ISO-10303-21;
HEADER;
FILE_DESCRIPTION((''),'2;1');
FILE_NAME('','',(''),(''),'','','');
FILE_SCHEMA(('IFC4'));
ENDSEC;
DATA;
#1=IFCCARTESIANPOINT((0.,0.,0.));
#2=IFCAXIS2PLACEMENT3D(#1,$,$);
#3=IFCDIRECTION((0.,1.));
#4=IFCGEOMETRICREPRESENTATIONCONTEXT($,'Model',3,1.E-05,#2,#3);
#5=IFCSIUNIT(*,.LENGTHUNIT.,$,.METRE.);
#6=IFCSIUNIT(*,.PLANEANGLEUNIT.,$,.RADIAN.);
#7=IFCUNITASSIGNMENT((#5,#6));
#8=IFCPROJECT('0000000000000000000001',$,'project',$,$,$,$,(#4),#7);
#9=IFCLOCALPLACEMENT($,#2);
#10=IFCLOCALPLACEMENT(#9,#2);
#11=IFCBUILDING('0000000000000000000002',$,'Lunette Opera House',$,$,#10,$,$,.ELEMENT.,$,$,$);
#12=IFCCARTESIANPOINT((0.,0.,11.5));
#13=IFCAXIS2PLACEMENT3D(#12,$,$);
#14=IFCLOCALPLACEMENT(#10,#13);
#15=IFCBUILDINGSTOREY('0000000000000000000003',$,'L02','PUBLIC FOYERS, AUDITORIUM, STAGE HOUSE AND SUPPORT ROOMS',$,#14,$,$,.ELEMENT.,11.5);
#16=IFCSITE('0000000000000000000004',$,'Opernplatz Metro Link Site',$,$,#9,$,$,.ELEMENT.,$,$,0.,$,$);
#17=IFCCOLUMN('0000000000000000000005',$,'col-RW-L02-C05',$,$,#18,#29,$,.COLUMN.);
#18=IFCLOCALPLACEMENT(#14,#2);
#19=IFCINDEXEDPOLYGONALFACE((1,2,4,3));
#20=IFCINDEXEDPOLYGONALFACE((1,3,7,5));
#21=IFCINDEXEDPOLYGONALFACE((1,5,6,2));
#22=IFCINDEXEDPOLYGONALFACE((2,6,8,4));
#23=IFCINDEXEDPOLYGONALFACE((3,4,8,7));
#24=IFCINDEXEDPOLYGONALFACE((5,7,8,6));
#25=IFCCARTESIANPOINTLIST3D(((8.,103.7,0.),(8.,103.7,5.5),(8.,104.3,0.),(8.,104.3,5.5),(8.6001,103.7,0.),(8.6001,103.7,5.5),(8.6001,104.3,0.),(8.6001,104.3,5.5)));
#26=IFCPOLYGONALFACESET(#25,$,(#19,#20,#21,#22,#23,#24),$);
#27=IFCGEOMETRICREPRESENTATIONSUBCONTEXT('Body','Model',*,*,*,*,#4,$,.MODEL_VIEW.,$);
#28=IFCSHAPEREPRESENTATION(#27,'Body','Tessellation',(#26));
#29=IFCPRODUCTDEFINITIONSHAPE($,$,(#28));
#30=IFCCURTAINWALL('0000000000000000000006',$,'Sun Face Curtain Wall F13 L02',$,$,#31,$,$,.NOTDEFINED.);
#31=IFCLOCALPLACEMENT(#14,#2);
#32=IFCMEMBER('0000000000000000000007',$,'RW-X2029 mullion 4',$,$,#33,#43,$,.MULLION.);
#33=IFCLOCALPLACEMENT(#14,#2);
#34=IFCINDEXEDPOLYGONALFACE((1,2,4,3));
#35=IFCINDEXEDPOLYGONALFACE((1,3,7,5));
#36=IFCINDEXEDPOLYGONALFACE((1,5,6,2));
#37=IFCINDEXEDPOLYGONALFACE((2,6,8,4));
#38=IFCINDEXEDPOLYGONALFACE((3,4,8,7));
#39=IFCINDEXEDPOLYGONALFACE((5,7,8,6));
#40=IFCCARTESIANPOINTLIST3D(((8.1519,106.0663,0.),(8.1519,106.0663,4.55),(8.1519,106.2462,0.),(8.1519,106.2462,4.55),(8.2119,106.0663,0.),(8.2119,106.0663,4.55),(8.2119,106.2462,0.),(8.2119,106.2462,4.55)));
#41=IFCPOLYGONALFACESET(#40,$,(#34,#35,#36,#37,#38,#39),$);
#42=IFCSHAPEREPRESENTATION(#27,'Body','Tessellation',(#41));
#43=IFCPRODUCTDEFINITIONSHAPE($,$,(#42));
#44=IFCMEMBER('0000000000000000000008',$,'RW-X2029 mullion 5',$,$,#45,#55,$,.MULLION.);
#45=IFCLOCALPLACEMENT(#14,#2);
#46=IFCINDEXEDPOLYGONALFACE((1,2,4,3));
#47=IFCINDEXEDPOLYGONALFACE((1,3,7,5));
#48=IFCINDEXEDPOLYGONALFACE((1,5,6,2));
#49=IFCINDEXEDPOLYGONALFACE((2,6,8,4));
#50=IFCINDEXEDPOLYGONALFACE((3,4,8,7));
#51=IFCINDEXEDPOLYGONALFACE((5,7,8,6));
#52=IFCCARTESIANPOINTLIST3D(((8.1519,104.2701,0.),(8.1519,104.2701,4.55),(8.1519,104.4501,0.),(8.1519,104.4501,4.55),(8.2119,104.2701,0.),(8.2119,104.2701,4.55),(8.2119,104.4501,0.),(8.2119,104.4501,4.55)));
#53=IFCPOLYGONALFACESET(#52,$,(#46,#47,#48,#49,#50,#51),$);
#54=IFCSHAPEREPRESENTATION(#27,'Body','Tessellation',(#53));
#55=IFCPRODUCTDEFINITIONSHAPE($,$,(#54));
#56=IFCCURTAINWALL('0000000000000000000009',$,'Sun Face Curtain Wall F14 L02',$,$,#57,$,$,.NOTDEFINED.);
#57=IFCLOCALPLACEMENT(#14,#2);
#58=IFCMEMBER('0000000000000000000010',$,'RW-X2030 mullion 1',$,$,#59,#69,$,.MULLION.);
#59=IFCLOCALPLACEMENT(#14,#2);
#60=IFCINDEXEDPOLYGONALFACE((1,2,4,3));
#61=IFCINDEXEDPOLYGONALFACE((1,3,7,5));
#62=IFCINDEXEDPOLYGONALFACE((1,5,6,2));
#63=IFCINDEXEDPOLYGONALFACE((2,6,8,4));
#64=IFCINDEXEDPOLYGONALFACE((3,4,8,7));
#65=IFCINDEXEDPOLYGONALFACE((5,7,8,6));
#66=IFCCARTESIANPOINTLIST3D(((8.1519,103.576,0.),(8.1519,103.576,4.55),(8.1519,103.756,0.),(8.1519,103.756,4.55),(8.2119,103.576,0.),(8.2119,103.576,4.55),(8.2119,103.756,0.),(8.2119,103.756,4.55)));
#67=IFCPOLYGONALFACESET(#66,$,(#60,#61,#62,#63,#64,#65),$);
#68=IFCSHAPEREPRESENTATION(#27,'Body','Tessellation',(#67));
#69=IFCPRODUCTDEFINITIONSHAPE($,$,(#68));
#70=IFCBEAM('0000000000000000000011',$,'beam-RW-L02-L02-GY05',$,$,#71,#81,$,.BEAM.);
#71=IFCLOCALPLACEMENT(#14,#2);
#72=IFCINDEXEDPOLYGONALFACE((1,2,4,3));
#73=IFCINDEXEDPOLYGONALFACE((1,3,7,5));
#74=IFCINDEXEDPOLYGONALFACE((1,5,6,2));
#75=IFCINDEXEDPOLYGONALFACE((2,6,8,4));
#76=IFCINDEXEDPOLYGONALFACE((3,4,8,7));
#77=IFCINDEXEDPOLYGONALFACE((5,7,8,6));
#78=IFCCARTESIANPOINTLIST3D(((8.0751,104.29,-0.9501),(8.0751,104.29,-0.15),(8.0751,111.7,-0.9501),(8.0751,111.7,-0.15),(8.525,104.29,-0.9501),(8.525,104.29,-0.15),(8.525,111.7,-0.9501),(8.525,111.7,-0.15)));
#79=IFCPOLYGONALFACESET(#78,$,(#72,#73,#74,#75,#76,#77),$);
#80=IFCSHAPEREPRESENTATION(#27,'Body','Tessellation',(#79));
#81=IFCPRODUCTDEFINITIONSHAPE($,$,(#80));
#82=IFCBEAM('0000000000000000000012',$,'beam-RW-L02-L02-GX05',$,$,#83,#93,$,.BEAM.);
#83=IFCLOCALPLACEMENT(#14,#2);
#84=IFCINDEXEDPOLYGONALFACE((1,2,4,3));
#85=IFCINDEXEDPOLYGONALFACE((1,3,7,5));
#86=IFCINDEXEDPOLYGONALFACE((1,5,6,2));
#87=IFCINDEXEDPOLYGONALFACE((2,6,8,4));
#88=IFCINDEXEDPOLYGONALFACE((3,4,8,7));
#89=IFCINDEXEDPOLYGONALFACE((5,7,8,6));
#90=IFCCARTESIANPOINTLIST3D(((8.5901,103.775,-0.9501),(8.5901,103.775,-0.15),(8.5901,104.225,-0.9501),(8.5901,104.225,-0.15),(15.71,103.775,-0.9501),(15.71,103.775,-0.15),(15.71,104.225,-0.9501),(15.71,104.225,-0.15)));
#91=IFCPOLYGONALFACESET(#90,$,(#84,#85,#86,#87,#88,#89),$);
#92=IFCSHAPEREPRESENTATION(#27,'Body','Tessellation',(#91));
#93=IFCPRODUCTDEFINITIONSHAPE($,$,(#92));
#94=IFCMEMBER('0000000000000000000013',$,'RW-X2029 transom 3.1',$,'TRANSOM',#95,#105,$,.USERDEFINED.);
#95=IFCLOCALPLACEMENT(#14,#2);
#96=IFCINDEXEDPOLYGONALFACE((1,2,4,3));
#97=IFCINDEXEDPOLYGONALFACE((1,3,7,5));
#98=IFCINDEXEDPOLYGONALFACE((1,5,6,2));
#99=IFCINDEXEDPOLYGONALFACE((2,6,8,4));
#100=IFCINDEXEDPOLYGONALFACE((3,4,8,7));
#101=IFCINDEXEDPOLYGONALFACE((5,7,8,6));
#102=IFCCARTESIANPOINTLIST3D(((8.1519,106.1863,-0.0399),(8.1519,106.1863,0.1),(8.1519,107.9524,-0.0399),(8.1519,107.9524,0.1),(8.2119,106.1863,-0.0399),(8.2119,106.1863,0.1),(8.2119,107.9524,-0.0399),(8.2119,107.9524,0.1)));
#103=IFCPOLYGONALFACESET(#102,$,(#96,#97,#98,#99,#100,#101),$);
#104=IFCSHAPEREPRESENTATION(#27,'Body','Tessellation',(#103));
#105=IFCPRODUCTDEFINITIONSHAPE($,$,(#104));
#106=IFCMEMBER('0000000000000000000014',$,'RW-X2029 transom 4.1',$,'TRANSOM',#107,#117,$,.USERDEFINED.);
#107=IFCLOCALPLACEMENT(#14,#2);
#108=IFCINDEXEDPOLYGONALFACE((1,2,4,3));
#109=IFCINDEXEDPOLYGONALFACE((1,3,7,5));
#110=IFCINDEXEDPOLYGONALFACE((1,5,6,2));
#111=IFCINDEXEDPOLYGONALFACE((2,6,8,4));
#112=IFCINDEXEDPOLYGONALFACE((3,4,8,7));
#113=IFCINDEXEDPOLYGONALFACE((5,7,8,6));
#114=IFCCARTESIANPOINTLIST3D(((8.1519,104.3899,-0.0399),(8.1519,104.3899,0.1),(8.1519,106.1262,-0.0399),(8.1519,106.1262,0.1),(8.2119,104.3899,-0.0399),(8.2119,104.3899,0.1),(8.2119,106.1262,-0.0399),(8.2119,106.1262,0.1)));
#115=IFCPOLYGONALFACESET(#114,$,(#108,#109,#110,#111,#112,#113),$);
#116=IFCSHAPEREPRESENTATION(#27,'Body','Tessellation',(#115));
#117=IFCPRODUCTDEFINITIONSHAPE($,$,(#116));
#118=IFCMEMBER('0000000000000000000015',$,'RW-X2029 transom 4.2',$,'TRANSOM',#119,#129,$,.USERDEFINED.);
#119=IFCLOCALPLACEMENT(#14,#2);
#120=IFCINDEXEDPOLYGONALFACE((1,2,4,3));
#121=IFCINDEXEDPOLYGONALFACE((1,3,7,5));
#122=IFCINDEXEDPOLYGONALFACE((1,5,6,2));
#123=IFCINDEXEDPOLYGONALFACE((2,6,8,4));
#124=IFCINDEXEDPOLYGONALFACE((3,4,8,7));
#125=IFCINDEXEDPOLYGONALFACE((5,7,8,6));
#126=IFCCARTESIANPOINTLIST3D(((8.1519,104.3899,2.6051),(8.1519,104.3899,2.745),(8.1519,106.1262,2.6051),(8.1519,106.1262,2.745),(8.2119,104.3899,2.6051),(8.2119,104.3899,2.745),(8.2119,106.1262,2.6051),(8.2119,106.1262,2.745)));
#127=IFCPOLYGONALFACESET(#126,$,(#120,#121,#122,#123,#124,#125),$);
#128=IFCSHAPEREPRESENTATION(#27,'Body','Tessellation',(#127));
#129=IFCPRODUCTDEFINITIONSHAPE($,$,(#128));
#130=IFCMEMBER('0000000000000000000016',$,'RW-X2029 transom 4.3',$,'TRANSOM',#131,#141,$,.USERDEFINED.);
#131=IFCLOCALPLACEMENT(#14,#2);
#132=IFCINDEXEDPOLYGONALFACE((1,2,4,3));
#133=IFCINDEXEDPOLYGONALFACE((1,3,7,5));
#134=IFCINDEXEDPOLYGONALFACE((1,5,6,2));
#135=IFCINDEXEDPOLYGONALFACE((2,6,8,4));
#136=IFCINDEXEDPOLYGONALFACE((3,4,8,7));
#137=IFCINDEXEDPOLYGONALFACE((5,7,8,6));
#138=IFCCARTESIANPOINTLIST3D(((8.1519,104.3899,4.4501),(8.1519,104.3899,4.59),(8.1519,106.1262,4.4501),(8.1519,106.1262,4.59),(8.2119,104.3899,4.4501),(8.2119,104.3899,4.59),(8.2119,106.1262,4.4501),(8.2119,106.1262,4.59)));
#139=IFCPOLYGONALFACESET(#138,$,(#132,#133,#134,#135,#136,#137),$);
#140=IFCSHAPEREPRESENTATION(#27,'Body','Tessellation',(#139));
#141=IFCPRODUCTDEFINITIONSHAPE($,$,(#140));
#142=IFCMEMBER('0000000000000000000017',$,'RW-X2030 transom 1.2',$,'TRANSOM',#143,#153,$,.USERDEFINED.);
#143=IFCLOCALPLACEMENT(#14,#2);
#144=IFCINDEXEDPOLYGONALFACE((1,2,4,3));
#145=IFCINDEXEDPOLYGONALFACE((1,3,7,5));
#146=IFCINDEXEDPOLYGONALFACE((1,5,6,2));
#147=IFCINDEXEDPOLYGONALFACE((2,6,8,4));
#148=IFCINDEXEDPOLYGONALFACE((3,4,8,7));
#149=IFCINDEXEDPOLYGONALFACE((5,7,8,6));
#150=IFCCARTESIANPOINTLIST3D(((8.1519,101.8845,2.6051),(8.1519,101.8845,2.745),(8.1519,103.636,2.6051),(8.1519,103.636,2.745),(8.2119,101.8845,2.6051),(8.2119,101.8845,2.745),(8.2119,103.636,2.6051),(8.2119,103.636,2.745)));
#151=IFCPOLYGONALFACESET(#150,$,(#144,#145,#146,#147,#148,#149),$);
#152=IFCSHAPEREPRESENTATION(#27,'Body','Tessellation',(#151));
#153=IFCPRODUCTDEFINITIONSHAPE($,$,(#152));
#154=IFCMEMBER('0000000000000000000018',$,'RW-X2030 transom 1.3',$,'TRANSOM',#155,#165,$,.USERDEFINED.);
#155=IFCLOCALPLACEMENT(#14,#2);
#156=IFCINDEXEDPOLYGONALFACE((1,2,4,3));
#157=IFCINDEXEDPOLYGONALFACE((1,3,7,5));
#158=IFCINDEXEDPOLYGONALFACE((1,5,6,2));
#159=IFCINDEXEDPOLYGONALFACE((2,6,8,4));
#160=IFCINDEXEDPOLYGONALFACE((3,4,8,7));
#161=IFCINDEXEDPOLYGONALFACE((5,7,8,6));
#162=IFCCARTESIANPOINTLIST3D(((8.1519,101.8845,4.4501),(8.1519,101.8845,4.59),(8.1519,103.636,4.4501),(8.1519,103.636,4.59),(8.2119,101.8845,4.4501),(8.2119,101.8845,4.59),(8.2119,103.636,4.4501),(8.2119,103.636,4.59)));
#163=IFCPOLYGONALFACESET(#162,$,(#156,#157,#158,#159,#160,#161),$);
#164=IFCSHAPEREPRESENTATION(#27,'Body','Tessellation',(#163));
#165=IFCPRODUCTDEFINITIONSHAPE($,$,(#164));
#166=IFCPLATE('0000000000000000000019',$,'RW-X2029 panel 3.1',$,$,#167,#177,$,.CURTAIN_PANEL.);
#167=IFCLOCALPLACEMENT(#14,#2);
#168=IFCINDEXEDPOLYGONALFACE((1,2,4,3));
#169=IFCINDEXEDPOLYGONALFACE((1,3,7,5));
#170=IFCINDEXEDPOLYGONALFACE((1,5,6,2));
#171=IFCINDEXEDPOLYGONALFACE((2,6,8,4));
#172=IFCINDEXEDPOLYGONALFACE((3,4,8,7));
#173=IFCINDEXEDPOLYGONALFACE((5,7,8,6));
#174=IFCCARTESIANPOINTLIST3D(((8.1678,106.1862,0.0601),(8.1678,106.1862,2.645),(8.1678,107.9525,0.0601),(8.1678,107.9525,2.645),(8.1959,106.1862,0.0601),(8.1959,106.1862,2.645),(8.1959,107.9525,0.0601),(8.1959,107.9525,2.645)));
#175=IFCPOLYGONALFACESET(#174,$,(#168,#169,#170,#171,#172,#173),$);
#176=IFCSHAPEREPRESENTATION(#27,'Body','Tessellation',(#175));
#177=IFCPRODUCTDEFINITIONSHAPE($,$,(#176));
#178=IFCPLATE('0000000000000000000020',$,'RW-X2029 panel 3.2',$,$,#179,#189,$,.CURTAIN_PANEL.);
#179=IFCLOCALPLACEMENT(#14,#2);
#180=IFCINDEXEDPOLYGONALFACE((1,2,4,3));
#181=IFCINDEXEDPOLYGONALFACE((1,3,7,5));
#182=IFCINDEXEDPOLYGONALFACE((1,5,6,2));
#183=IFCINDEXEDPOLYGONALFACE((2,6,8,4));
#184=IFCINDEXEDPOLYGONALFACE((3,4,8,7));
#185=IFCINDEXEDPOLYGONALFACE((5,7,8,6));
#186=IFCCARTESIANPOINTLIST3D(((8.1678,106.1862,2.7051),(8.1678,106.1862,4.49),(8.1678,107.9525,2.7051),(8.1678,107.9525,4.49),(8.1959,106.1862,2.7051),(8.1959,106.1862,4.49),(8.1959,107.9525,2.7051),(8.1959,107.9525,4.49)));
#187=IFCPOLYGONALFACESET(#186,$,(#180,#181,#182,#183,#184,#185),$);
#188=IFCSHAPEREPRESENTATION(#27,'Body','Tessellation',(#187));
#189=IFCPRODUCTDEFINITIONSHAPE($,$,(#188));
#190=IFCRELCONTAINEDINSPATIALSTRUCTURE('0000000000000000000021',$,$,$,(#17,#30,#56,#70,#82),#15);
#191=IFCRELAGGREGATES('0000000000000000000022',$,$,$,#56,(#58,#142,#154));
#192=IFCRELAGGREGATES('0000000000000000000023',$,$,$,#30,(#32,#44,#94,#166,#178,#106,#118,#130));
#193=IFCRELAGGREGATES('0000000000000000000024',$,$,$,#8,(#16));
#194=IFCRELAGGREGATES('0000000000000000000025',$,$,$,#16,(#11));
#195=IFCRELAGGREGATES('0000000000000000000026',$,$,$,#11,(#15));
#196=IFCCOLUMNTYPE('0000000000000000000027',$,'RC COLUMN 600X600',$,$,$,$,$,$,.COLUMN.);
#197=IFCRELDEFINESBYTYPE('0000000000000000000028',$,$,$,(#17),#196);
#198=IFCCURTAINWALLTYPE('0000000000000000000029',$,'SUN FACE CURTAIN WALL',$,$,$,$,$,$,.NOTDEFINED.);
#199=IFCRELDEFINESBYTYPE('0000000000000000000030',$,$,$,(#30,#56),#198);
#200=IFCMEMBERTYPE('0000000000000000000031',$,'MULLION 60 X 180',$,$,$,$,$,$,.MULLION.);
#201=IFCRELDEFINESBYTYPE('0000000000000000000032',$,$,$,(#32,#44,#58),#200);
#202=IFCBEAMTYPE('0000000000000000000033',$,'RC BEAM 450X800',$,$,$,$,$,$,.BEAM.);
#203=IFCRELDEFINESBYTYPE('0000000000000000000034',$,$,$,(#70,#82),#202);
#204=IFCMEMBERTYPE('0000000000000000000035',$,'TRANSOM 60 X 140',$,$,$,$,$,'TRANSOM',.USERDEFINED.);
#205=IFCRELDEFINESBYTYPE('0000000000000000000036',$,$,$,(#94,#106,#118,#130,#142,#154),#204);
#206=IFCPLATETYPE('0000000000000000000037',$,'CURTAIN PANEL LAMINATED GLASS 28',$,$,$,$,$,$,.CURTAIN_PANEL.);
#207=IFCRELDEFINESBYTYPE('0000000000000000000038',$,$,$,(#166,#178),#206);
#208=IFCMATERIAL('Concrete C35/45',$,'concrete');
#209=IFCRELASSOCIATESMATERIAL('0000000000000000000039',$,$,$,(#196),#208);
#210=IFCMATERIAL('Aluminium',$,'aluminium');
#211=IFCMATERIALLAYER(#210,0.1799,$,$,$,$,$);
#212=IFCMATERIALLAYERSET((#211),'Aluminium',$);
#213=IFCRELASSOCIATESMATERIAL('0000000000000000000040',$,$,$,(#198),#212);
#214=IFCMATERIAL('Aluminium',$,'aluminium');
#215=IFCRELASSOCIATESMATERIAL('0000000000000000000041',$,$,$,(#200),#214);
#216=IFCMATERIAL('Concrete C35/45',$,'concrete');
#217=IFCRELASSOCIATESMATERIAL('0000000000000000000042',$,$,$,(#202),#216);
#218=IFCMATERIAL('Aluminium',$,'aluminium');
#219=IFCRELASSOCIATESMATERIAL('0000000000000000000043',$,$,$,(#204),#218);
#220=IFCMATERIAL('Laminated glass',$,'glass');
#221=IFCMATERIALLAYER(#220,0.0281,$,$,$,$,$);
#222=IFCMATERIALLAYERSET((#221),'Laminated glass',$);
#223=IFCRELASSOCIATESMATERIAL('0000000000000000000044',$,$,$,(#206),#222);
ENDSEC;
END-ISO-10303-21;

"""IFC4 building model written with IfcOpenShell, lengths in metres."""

from ifc_helpers import new_model, si_unit, direction, frame, origin, origin_2d, place, context, subcontext, project, spatial, rectangle, extrude, material, layer, layer_set, material_profile, profile_set, type_object, element, aggregate, save


model = new_model("IFC4")

# Units and contexts
model_context = context("Model", 3, precision=1e-05, world=origin(), true_north=direction((0.0, 1.0)))
body_context = subcontext(model_context, "Body", "Model", "MODEL_VIEW")
ifc_project = project(units=[si_unit("LENGTHUNIT", "METRE"), si_unit("PLANEANGLEUNIT", "RADIAN")], contexts=[model_context])

# Site, building, storey
site_placement = place(None, origin())
site = spatial("IfcSite", under=ifc_project, at=site_placement, Name="Opernplatz Metro Link Site", CompositionType="ELEMENT", RefElevation=0.0)
building_placement = place(site_placement, origin())
building = spatial("IfcBuilding", under=site, at=building_placement, Name="Lunette Opera House", CompositionType="ELEMENT")
storey_placement = place(building_placement, frame((0.0, 0.0, 11.5)))
storey = spatial("IfcBuildingStorey", under=building, at=storey_placement, Name="L02", Description="PUBLIC FOYERS, AUDITORIUM, STAGE HOUSE AND SUPPORT ROOMS", CompositionType="ELEMENT", Elevation=11.5)

# Column
ifc_material_1 = material(Name="Concrete C35/45", Category="concrete")
ifc_material_profile_1 = material_profile(ifc_material_1, rectangle(XDim=0.6001, YDim=0.6001, at=origin_2d()), Name="RC COLUMN 600X600")
ifc_profile_set_1 = profile_set([ifc_material_profile_1], Name="Concrete C35/45")
column_type = type_object("IfcColumnType", Name="RC COLUMN 600X600", PredefinedType="COLUMN", material=ifc_profile_set_1)
column_placement = place(storey_placement, frame((8.3, 104.0, 0.0), z_axis=(0.0, 0.0, 1.0), x_axis=(1.0, 0.0, 0.0)))
element("IfcColumn", 1, at=column_placement, inside=storey, type_object=column_type, Name="col-RW-L02-C05", PredefinedType="COLUMN", context=body_context, shape_type="SweptSolid", body=[
    extrude(rectangle(XDim=0.6001, YDim=0.6001, at=origin_2d()), origin(), (0.0, 0.0, 1.0), 5.5),
])

# Curtain wall, members
ifc_material_2 = material(Name="Aluminium", Category="aluminium")
ifc_layer_1 = layer(ifc_material_2, 0.1799)
ifc_layer_set_1 = layer_set([ifc_layer_1], Name="Aluminium")
curtain_wall_type = type_object("IfcCurtainWallType", Name="SUN FACE CURTAIN WALL", PredefinedType="NOTDEFINED", material=ifc_layer_set_1)
curtain_wall_1_placement = place(storey_placement, origin())
curtain_wall_1 = element("IfcCurtainWall", 2, at=curtain_wall_1_placement, inside=storey, type_object=curtain_wall_type, Name="Sun Face Curtain Wall F13 L02", PredefinedType="NOTDEFINED")
ifc_material_3 = material(Name="Aluminium", Category="aluminium")
ifc_material_profile_2 = material_profile(ifc_material_3, rectangle(XDim=0.0601, YDim=0.1799, at=origin_2d()), Name="MULLION 60 X 180")
ifc_profile_set_2 = profile_set([ifc_material_profile_2], Name="Aluminium")
member_type_1 = type_object("IfcMemberType", Name="MULLION 60 X 180", PredefinedType="MULLION", material=ifc_profile_set_2)
member_1_placement = place(storey_placement, frame((8.1819, 106.1562, 0.0), z_axis=(0.0, 0.0, 1.0), x_axis=(1.0, 0.0, 0.0)))
member_1 = element("IfcMember", 3, at=member_1_placement, type_object=member_type_1, Name="RW-X2029 mullion 4", PredefinedType="MULLION", context=body_context, shape_type="SweptSolid", body=[
    extrude(rectangle(XDim=0.0601, YDim=0.1799, at=origin_2d()), origin(), (0.0, 0.0, 1.0), 4.55),
])
member_2_placement = place(storey_placement, frame((8.1819, 104.3601, 0.0), z_axis=(0.0, 0.0, 1.0), x_axis=(1.0, 0.0, 0.0)))
member_2 = element("IfcMember", 4, at=member_2_placement, type_object=member_type_1, Name="RW-X2029 mullion 5", PredefinedType="MULLION", context=body_context, shape_type="SweptSolid", body=[
    extrude(rectangle(XDim=0.0601, YDim=0.1799, at=origin_2d()), origin(), (0.0, 0.0, 1.0), 4.55),
])

# Curtain wall, member
curtain_wall_2_placement = place(storey_placement, origin())
curtain_wall_2 = element("IfcCurtainWall", 5, at=curtain_wall_2_placement, inside=storey, type_object=curtain_wall_type, Name="Sun Face Curtain Wall F14 L02", PredefinedType="NOTDEFINED")
member_3_placement = place(storey_placement, frame((8.1819, 103.666, 0.0), z_axis=(0.0, 0.0, 1.0), x_axis=(1.0, 0.0, 0.0)))
member_3 = element("IfcMember", 6, at=member_3_placement, type_object=member_type_1, Name="RW-X2030 mullion 1", PredefinedType="MULLION", context=body_context, shape_type="SweptSolid", body=[
    extrude(rectangle(XDim=0.0601, YDim=0.1799, at=origin_2d()), origin(), (0.0, 0.0, 1.0), 4.55),
])

# Beams
ifc_material_4 = material(Name="Concrete C35/45", Category="concrete")
ifc_material_profile_3 = material_profile(ifc_material_4, rectangle(XDim=0.45, YDim=0.8, at=origin_2d()), Name="RC BEAM 450X800")
ifc_profile_set_3 = profile_set([ifc_material_profile_3], Name="Concrete C35/45")
beam_type = type_object("IfcBeamType", Name="RC BEAM 450X800", PredefinedType="BEAM", material=ifc_profile_set_3)
beam_1_placement = place(storey_placement, frame((8.3, 104.29, -0.55), z_axis=(0.0, 1.0, 0.0), x_axis=(-1.0, 0.0, 0.0)))
element("IfcBeam", 7, at=beam_1_placement, inside=storey, type_object=beam_type, Name="beam-RW-L02-L02-GY05", PredefinedType="BEAM", context=body_context, shape_type="SweptSolid", body=[
    extrude(rectangle(XDim=0.45, YDim=0.8, at=origin_2d()), origin(), (0.0, 0.0, 1.0), 7.4099),
])
beam_2_placement = place(storey_placement, frame((8.5901, 104.0, -0.55), z_axis=(1.0, 0.0, 0.0), x_axis=(0.0, 1.0, 0.0)))
element("IfcBeam", 8, at=beam_2_placement, inside=storey, type_object=beam_type, Name="beam-RW-L02-L02-GX05", PredefinedType="BEAM", context=body_context, shape_type="SweptSolid", body=[
    extrude(rectangle(XDim=0.45, YDim=0.8, at=origin_2d()), origin(), (0.0, 0.0, 1.0), 7.1199),
])

# Members
ifc_material_5 = material(Name="Aluminium", Category="aluminium")
ifc_material_profile_4 = material_profile(ifc_material_5, rectangle(XDim=0.0601, YDim=0.1399, at=origin_2d()), Name="TRANSOM 60 X 140")
ifc_profile_set_4 = profile_set([ifc_material_profile_4], Name="Aluminium")
member_type_2 = type_object("IfcMemberType", Name="TRANSOM 60 X 140", ElementType="TRANSOM", PredefinedType="USERDEFINED", material=ifc_profile_set_4)
member_4_placement = place(storey_placement, frame((8.1819, 107.9524, 0.03), z_axis=(0.0, -1.0, 0.0), x_axis=(1.0, 0.0, 0.0)))
member_4 = element("IfcMember", 9, at=member_4_placement, type_object=member_type_2, Name="RW-X2029 transom 3.1", ObjectType="TRANSOM", PredefinedType="USERDEFINED", context=body_context, shape_type="SweptSolid", body=[
    extrude(rectangle(XDim=0.0601, YDim=0.1399, at=origin_2d()), origin(), (0.0, 0.0, 1.0), 1.7661),
])
member_5_placement = place(storey_placement, frame((8.1819, 106.1262, 0.03), z_axis=(0.0, -1.0, 0.0), x_axis=(1.0, 0.0, 0.0)))
member_5 = element("IfcMember", 10, at=member_5_placement, type_object=member_type_2, Name="RW-X2029 transom 4.1", ObjectType="TRANSOM", PredefinedType="USERDEFINED", context=body_context, shape_type="SweptSolid", body=[
    extrude(rectangle(XDim=0.0601, YDim=0.1399, at=origin_2d()), origin(), (0.0, 0.0, 1.0), 1.7363),
])
member_6_placement = place(storey_placement, frame((8.1819, 106.1262, 2.675), z_axis=(0.0, -1.0, 0.0), x_axis=(1.0, 0.0, 0.0)))
member_6 = element("IfcMember", 11, at=member_6_placement, type_object=member_type_2, Name="RW-X2029 transom 4.2", ObjectType="TRANSOM", PredefinedType="USERDEFINED", context=body_context, shape_type="SweptSolid", body=[
    extrude(rectangle(XDim=0.0601, YDim=0.1399, at=origin_2d()), origin(), (0.0, 0.0, 1.0), 1.7363),
])
member_7_placement = place(storey_placement, frame((8.1819, 106.1262, 4.52), z_axis=(0.0, -1.0, 0.0), x_axis=(1.0, 0.0, 0.0)))
member_7 = element("IfcMember", 12, at=member_7_placement, type_object=member_type_2, Name="RW-X2029 transom 4.3", ObjectType="TRANSOM", PredefinedType="USERDEFINED", context=body_context, shape_type="SweptSolid", body=[
    extrude(rectangle(XDim=0.0601, YDim=0.1399, at=origin_2d()), origin(), (0.0, 0.0, 1.0), 1.7363),
])
member_8_placement = place(storey_placement, frame((8.1819, 103.636, 2.675), z_axis=(0.0, -1.0, 0.0), x_axis=(1.0, 0.0, 0.0)))
member_8 = element("IfcMember", 13, at=member_8_placement, type_object=member_type_2, Name="RW-X2030 transom 1.2", ObjectType="TRANSOM", PredefinedType="USERDEFINED", context=body_context, shape_type="SweptSolid", body=[
    extrude(rectangle(XDim=0.0601, YDim=0.1399, at=origin_2d()), origin(), (0.0, 0.0, 1.0), 1.7515),
])
member_9_placement = place(storey_placement, frame((8.1819, 103.636, 4.52), z_axis=(0.0, -1.0, 0.0), x_axis=(1.0, 0.0, 0.0)))
member_9 = element("IfcMember", 14, at=member_9_placement, type_object=member_type_2, Name="RW-X2030 transom 1.3", ObjectType="TRANSOM", PredefinedType="USERDEFINED", context=body_context, shape_type="SweptSolid", body=[
    extrude(rectangle(XDim=0.0601, YDim=0.1399, at=origin_2d()), origin(), (0.0, 0.0, 1.0), 1.7515),
])
aggregate(curtain_wall_2, [member_3, member_8, member_9])

# Plates
ifc_material_6 = material(Name="Laminated glass", Category="glass")
ifc_layer_2 = layer(ifc_material_6, 0.0281)
ifc_layer_set_2 = layer_set([ifc_layer_2], Name="Laminated glass")
plate_type = type_object("IfcPlateType", Name="CURTAIN PANEL LAMINATED GLASS 28", PredefinedType="CURTAIN_PANEL", material=ifc_layer_set_2)
plate_1_placement = place(storey_placement, frame((8.1819, 107.0693, 0.0601), z_axis=(0.0, 0.0, 1.0), x_axis=(0.0, -1.0, 0.0)))
plate_1 = element("IfcPlate", 15, at=plate_1_placement, type_object=plate_type, Name="RW-X2029 panel 3.1", PredefinedType="CURTAIN_PANEL", context=body_context, shape_type="SweptSolid", body=[
    extrude(rectangle(XDim=1.7664, YDim=0.0281, at=origin_2d()), origin(), (0.0, 0.0, 1.0), 2.585),
])
plate_2_placement = place(storey_placement, frame((8.1819, 107.0693, 2.7051), z_axis=(0.0, 0.0, 1.0), x_axis=(0.0, -1.0, 0.0)))
plate_2 = element("IfcPlate", 16, at=plate_2_placement, type_object=plate_type, Name="RW-X2029 panel 3.2", PredefinedType="CURTAIN_PANEL", context=body_context, shape_type="SweptSolid", body=[
    extrude(rectangle(XDim=1.7664, YDim=0.0281, at=origin_2d()), origin(), (0.0, 0.0, 1.0), 1.7849),
])
aggregate(curtain_wall_1, [member_1, member_2, member_4, plate_1, plate_2, member_5, member_6, member_7])

save(model, "model.ifc")
